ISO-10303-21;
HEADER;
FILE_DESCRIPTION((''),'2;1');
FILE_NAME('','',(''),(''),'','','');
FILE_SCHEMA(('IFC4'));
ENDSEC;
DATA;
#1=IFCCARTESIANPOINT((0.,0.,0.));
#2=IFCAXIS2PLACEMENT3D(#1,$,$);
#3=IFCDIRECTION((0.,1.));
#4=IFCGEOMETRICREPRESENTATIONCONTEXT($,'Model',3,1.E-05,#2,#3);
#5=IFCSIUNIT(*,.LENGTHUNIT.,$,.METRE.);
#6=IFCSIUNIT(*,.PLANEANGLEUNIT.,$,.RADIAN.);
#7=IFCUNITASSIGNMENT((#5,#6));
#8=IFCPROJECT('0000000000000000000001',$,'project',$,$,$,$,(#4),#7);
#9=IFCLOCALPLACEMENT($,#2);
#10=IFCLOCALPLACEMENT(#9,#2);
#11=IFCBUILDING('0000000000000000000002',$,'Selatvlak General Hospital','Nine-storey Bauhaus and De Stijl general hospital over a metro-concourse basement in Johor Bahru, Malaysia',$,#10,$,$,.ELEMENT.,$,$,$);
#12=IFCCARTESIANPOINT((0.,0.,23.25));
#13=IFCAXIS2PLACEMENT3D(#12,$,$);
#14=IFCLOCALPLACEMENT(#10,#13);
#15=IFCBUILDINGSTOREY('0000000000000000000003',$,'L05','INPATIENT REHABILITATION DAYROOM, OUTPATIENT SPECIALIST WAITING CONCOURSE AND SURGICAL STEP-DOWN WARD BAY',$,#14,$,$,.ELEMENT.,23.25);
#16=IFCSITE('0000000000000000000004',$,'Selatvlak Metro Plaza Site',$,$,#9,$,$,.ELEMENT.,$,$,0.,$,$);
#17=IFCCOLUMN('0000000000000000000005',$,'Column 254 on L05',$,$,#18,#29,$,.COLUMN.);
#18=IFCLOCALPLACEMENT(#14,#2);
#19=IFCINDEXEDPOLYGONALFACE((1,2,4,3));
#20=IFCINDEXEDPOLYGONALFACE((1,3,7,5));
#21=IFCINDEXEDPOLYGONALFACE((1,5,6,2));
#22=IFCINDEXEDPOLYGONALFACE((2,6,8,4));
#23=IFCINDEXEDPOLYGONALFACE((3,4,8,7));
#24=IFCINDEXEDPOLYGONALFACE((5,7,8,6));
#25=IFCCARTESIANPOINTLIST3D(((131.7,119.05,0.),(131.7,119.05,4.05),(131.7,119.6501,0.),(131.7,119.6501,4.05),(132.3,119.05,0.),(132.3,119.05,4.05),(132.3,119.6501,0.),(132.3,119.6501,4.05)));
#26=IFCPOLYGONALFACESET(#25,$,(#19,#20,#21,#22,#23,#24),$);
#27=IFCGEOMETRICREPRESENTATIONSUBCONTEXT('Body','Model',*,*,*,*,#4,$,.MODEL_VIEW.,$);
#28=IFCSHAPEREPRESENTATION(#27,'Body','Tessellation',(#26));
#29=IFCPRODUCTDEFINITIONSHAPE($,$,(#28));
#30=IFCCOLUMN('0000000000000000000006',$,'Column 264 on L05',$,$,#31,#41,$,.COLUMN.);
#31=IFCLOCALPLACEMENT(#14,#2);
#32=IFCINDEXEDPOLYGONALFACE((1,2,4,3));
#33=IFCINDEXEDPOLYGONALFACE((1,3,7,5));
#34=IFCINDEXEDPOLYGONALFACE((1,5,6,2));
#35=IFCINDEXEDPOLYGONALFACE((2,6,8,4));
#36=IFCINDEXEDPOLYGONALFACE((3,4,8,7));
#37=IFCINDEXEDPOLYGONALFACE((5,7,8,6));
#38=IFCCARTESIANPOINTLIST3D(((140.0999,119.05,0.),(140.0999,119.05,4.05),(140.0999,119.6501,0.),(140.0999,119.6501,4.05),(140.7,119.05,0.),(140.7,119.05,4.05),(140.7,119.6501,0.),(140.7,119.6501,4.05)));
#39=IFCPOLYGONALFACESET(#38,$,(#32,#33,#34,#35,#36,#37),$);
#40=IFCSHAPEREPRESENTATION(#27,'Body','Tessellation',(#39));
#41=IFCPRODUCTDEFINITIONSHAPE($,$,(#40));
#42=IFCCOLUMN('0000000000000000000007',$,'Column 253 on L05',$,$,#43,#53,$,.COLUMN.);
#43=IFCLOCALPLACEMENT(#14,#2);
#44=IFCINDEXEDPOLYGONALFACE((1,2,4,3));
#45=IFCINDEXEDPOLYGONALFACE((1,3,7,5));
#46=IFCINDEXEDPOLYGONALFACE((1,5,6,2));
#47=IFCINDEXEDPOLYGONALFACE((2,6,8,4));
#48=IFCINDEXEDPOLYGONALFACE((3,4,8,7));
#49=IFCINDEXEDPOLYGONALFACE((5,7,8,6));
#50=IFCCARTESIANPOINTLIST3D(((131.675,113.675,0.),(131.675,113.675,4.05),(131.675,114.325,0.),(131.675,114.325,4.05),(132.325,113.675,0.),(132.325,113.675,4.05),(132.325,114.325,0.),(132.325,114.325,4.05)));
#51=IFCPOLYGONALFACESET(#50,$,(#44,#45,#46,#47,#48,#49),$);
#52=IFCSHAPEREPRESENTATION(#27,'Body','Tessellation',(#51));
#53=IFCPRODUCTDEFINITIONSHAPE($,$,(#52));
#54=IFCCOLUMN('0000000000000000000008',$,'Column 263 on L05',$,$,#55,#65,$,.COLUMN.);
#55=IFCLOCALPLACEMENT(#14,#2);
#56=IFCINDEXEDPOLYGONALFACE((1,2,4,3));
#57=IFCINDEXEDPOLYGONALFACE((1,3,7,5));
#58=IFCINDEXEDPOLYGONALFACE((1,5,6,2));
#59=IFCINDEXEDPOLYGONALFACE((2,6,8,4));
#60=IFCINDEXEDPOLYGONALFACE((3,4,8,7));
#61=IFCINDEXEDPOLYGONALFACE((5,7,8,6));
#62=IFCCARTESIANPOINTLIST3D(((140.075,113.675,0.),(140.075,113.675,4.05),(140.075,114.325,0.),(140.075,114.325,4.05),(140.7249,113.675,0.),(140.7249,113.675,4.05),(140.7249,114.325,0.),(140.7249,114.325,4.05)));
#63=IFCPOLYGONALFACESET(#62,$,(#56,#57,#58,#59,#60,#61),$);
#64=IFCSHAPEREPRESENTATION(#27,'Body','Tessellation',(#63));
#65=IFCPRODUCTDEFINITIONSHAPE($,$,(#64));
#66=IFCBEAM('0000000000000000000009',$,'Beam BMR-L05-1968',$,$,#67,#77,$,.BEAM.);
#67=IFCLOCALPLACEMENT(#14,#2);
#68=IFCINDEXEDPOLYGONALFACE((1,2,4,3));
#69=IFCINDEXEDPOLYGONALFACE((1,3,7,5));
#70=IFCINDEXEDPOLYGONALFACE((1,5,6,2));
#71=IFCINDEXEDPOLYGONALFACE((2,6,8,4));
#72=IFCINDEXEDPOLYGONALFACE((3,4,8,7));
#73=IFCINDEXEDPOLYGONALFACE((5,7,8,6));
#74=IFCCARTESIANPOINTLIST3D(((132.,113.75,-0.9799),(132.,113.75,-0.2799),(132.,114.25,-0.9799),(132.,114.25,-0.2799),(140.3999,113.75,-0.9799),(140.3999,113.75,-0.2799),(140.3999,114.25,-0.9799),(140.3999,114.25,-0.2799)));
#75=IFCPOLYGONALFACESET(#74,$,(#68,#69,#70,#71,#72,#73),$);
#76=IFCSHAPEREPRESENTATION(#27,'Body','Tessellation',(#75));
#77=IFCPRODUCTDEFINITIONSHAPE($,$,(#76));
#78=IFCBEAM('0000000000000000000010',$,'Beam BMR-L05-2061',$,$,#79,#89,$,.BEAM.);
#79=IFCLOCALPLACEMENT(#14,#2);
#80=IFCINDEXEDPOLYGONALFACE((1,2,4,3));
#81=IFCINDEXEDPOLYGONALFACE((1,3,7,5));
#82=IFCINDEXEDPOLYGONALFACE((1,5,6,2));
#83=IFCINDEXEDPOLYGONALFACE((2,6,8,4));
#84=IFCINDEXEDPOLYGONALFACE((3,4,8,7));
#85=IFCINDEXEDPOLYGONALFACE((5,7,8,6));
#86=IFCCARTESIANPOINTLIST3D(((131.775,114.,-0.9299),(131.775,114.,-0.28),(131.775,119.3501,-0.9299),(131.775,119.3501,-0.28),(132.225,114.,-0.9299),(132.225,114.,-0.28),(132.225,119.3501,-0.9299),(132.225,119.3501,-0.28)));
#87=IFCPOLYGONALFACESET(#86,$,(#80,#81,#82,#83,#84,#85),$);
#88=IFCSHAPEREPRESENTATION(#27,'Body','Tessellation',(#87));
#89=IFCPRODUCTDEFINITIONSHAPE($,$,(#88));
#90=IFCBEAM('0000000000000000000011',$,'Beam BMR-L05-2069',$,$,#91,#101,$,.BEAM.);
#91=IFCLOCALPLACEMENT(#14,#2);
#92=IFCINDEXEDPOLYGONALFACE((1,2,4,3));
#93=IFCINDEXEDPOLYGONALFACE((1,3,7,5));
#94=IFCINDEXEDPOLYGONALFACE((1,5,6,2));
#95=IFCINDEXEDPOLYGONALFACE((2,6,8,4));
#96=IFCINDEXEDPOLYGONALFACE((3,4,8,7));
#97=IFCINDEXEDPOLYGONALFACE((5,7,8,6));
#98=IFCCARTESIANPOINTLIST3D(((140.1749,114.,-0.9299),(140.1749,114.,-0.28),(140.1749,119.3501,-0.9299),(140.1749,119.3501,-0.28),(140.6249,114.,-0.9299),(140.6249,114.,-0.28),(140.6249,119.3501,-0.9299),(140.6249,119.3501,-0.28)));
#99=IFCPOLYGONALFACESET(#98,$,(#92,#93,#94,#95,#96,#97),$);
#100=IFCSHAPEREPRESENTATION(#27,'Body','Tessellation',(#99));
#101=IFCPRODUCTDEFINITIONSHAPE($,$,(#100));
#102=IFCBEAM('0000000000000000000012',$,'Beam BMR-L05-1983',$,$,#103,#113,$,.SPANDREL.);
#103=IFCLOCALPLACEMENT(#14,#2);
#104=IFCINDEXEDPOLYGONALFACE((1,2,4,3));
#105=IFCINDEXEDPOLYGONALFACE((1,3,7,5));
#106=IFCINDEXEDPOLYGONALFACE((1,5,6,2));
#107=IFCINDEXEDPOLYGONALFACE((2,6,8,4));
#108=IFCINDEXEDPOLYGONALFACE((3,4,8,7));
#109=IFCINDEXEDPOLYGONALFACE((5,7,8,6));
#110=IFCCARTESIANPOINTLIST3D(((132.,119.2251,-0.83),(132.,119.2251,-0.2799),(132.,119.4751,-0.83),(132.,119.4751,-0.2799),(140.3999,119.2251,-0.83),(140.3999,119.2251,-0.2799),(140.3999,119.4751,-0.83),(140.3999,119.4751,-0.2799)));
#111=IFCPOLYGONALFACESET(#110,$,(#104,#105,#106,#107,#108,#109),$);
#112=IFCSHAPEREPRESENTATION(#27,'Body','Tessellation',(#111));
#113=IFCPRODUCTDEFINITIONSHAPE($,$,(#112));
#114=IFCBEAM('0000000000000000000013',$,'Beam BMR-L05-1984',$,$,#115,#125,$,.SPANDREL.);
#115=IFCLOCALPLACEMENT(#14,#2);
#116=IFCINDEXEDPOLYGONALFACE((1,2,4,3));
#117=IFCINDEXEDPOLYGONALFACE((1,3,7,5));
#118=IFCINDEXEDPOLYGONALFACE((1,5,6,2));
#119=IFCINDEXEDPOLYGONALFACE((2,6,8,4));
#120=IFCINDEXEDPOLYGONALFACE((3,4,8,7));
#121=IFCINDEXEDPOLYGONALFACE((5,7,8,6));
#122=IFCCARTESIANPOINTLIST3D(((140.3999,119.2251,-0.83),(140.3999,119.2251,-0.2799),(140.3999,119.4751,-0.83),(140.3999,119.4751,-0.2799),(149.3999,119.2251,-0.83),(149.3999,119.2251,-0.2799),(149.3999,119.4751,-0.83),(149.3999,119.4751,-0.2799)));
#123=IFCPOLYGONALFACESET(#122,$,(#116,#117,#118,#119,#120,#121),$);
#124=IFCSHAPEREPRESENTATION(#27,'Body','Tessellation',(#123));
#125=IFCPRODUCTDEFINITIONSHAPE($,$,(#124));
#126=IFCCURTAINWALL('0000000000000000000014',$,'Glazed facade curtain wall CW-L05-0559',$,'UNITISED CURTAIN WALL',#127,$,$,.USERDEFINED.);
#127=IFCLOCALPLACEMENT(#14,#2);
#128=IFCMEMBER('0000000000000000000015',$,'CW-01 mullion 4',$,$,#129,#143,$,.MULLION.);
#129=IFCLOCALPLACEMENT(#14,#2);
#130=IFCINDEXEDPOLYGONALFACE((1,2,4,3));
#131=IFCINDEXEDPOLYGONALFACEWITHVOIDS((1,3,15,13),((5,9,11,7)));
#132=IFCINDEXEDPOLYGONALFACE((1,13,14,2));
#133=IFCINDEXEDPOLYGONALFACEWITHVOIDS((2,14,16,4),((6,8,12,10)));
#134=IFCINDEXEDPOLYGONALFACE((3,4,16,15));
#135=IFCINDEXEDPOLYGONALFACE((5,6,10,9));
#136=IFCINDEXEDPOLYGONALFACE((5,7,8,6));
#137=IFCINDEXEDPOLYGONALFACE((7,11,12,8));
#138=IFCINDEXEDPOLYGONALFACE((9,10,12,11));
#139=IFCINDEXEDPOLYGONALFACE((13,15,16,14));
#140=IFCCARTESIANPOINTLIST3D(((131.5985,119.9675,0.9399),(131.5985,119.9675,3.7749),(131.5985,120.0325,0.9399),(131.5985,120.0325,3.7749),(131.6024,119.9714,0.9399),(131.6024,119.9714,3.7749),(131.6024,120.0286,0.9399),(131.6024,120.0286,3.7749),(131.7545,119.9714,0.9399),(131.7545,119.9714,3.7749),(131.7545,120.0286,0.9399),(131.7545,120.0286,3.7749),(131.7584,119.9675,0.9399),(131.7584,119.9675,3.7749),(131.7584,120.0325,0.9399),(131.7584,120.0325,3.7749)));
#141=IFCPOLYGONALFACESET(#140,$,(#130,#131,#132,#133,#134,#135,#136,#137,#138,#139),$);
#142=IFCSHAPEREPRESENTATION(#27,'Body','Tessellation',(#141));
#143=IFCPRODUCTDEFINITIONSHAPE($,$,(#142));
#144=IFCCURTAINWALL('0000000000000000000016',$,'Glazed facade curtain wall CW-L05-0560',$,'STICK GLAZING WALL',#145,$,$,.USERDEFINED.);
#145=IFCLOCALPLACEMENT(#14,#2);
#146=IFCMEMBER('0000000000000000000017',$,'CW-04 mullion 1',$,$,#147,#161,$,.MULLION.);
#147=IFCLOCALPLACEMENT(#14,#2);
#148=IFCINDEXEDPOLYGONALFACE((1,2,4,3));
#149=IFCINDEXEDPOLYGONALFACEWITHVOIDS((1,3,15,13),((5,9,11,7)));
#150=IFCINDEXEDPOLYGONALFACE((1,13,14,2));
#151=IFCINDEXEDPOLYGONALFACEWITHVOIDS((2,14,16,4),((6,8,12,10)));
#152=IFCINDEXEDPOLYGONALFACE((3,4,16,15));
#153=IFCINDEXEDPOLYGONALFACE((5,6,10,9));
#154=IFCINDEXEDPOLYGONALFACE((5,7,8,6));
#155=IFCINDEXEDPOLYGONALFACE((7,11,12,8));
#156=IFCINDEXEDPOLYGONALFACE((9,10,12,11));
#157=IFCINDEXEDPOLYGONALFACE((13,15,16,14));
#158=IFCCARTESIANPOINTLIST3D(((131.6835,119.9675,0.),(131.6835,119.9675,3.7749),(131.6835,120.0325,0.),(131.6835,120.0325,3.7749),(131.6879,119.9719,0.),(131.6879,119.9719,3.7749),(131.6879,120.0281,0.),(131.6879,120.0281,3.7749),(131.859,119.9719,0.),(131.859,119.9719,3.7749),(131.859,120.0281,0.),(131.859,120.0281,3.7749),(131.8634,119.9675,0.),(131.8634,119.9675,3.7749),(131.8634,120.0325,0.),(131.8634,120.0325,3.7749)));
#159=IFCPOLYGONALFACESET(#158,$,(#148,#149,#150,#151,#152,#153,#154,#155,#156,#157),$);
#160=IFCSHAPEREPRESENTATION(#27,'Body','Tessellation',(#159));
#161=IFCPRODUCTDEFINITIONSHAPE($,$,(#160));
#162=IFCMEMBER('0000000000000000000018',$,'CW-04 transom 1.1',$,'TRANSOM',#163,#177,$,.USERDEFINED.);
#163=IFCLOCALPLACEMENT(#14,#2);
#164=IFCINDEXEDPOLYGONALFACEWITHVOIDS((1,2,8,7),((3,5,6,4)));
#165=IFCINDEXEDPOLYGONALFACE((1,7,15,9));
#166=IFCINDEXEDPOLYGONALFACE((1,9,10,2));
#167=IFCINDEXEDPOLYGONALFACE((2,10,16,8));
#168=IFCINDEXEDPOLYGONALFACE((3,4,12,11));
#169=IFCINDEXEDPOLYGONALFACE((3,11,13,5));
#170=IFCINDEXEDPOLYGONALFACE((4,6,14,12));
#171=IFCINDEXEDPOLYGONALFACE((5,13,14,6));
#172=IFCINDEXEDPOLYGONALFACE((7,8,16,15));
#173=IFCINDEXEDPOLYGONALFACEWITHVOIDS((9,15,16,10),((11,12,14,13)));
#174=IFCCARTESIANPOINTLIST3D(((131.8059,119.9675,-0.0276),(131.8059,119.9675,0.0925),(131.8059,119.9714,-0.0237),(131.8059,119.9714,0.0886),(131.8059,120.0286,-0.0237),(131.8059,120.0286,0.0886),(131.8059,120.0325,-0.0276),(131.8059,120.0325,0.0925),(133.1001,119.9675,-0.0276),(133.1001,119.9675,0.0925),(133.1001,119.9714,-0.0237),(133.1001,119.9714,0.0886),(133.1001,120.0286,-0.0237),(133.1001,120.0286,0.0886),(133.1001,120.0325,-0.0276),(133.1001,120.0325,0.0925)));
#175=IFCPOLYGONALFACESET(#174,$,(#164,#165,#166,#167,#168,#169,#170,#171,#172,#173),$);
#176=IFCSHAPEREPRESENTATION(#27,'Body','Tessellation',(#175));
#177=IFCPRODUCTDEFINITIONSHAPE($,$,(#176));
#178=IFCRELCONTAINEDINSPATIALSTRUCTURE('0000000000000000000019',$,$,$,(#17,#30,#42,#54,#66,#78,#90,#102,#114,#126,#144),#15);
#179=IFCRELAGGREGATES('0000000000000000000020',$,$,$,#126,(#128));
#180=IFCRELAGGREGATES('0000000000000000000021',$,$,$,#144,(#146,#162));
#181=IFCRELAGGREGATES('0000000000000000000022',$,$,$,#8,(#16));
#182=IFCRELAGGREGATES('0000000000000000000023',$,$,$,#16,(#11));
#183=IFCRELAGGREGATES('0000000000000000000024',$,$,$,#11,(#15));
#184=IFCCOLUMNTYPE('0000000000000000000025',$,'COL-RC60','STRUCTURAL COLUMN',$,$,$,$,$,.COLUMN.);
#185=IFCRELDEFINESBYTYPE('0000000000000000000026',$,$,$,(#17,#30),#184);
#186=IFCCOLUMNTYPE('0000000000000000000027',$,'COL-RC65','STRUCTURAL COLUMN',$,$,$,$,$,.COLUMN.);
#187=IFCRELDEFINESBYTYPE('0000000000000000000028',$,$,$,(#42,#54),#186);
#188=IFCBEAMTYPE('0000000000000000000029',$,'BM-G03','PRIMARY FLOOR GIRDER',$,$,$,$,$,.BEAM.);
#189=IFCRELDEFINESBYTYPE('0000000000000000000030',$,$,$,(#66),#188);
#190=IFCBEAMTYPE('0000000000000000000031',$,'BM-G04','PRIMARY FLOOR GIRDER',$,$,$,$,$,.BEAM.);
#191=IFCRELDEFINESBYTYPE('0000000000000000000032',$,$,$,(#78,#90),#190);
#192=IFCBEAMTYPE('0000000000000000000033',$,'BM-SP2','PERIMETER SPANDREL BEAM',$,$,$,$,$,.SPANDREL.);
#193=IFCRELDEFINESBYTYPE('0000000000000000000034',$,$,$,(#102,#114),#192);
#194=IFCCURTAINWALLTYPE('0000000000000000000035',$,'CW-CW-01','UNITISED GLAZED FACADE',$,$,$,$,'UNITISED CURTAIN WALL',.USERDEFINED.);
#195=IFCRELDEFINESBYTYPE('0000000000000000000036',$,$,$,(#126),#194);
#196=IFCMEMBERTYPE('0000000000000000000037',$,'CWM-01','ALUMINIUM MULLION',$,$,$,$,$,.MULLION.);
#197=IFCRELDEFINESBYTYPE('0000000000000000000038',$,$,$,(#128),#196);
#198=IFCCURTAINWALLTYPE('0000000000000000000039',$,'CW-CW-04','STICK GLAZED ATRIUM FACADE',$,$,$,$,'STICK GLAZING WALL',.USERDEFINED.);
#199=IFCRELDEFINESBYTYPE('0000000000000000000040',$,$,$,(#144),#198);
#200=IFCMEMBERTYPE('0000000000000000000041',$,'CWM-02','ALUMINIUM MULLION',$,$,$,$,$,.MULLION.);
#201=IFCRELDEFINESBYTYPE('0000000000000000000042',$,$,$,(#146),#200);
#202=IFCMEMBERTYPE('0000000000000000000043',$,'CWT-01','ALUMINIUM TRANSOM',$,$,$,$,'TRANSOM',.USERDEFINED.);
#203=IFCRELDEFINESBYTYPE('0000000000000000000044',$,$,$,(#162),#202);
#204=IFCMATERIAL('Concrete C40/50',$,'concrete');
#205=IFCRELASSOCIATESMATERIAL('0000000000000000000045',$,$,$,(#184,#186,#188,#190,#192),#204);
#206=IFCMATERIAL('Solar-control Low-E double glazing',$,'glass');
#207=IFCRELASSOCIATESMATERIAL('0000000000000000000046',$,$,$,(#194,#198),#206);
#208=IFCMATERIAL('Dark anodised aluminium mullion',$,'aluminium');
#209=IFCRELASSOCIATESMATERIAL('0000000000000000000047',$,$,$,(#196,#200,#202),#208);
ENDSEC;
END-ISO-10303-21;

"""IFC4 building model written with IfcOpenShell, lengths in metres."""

from ifc_helpers import new_model, si_unit, direction, frame, origin, origin_2d, place, context, subcontext, project, spatial, rectangle, hollow_rectangle, extrude, material, material_profile, profile_set, type_object, element, aggregate, save


model = new_model("IFC4")

# Units and contexts
model_context = context("Model", 3, precision=1e-05, world=origin(), true_north=direction((0.0, 1.0)))
body_context = subcontext(model_context, "Body", "Model", "MODEL_VIEW")
ifc_project = project(units=[si_unit("LENGTHUNIT", "METRE"), si_unit("PLANEANGLEUNIT", "RADIAN")], contexts=[model_context])

# Site, building, storey
site_placement = place(None, origin())
site = spatial("IfcSite", under=ifc_project, at=site_placement, Name="Selatvlak Metro Plaza Site", CompositionType="ELEMENT", RefElevation=0.0)
building_placement = place(site_placement, origin())
building = spatial("IfcBuilding", under=site, at=building_placement, Name="Selatvlak General Hospital", Description="Nine-storey Bauhaus and De Stijl general hospital over a metro-concourse basement in Johor Bahru, Malaysia", CompositionType="ELEMENT")
storey_placement = place(building_placement, frame((0.0, 0.0, 23.25)))
storey = spatial("IfcBuildingStorey", under=building, at=storey_placement, Name="L05", Description="INPATIENT REHABILITATION DAYROOM, OUTPATIENT SPECIALIST WAITING CONCOURSE AND SURGICAL STEP-DOWN WARD BAY", CompositionType="ELEMENT", Elevation=23.25)

# Columns
ifc_material_1 = material(Name="Concrete C40/50", Category="concrete")
ifc_material_profile_1 = material_profile(ifc_material_1, rectangle(XDim=0.6001, YDim=0.6001, at=origin_2d()), Name="RC-COL 600x600")
ifc_profile_set_1 = profile_set([ifc_material_profile_1], Name="Concrete C40/50")
column_type_1 = type_object("IfcColumnType", Name="COL-RC60", Description="STRUCTURAL COLUMN", PredefinedType="COLUMN", material=ifc_profile_set_1)
for number, where, z_axis, x_axis, name in (
    (1, (132.0, 119.3501, 0.0), (0.0, 0.0, 1.0), (1.0, 0.0, 0.0), "Column 254 on L05"),
    (2, (140.3999, 119.3501, 0.0), (0.0, 0.0, 1.0), (1.0, 0.0, 0.0), "Column 264 on L05"),
):
    element("IfcColumn", number, at=place(storey_placement, frame(where, z_axis=z_axis, x_axis=x_axis)), inside=storey, type_object=column_type_1, Name=name, PredefinedType="COLUMN", context=body_context, shape_type="SweptSolid", body=[
        extrude(rectangle(XDim=0.6001, YDim=0.6001, at=origin_2d()), origin(), (0.0, 0.0, 1.0), 4.05),
    ])
ifc_material_profile_2 = material_profile(ifc_material_1, rectangle(XDim=0.6499, YDim=0.6499, at=origin_2d()), Name="RC-COL 650x650")
ifc_profile_set_2 = profile_set([ifc_material_profile_2], Name="Concrete C40/50")
column_type_2 = type_object("IfcColumnType", Name="COL-RC65", Description="STRUCTURAL COLUMN", PredefinedType="COLUMN", material=ifc_profile_set_2)
for number, where, z_axis, x_axis, name in (
    (3, (132.0, 114.0, 0.0), (0.0, 0.0, 1.0), (1.0, 0.0, 0.0), "Column 253 on L05"),
    (4, (140.3999, 114.0, 0.0), (0.0, 0.0, 1.0), (1.0, 0.0, 0.0), "Column 263 on L05"),
):
    element("IfcColumn", number, at=place(storey_placement, frame(where, z_axis=z_axis, x_axis=x_axis)), inside=storey, type_object=column_type_2, Name=name, PredefinedType="COLUMN", context=body_context, shape_type="SweptSolid", body=[
        extrude(rectangle(XDim=0.6499, YDim=0.6499, at=origin_2d()), origin(), (0.0, 0.0, 1.0), 4.05),
    ])

# Beams
ifc_material_profile_3 = material_profile(ifc_material_1, rectangle(XDim=0.5, YDim=0.7, at=origin_2d()), Name="RC-BM 500x700")
ifc_profile_set_3 = profile_set([ifc_material_profile_3], Name="Concrete C40/50")
beam_type_1 = type_object("IfcBeamType", Name="BM-G03", Description="PRIMARY FLOOR GIRDER", PredefinedType="BEAM", material=ifc_profile_set_3)
beam_1_placement = place(storey_placement, frame((132.0, 114.0, -0.6299), z_axis=(1.0, 0.0, 0.0), x_axis=(0.0, 1.0, 0.0)))
element("IfcBeam", 5, at=beam_1_placement, inside=storey, type_object=beam_type_1, Name="Beam BMR-L05-1968", PredefinedType="BEAM", context=body_context, shape_type="SweptSolid", body=[
    extrude(rectangle(XDim=0.5, YDim=0.7, at=origin_2d()), origin(), (0.0, 0.0, 1.0), 8.3999),
])
ifc_material_profile_4 = material_profile(ifc_material_1, rectangle(XDim=0.45, YDim=0.6499, at=origin_2d()), Name="RC-BM 450x650")
ifc_profile_set_4 = profile_set([ifc_material_profile_4], Name="Concrete C40/50")
beam_type_2 = type_object("IfcBeamType", Name="BM-G04", Description="PRIMARY FLOOR GIRDER", PredefinedType="BEAM", material=ifc_profile_set_4)
for number, where, z_axis, x_axis, name in (
    (6, (132.0, 114.0, -0.605), (0.0, 1.0, 0.0), (-1.0, 0.0, 0.0), "Beam BMR-L05-2061"),
    (7, (140.3999, 114.0, -0.605), (0.0, 1.0, 0.0), (-1.0, 0.0, 0.0), "Beam BMR-L05-2069"),
):
    element("IfcBeam", number, at=place(storey_placement, frame(where, z_axis=z_axis, x_axis=x_axis)), inside=storey, type_object=beam_type_2, Name=name, PredefinedType="BEAM", context=body_context, shape_type="SweptSolid", body=[
        extrude(rectangle(XDim=0.45, YDim=0.6499, at=origin_2d()), origin(), (0.0, 0.0, 1.0), 5.3501),
    ])
ifc_material_profile_5 = material_profile(ifc_material_1, rectangle(XDim=0.25, YDim=0.55, at=origin_2d()), Name="RC-SP 250x550")
ifc_profile_set_5 = profile_set([ifc_material_profile_5], Name="Concrete C40/50")
beam_type_3 = type_object("IfcBeamType", Name="BM-SP2", Description="PERIMETER SPANDREL BEAM", PredefinedType="SPANDREL", material=ifc_profile_set_5)
beam_2_placement = place(storey_placement, frame((132.0, 119.3501, -0.5549), z_axis=(1.0, 0.0, 0.0), x_axis=(0.0, 1.0, 0.0)))
element("IfcBeam", 8, at=beam_2_placement, inside=storey, type_object=beam_type_3, Name="Beam BMR-L05-1983", PredefinedType="SPANDREL", context=body_context, shape_type="SweptSolid", body=[
    extrude(rectangle(XDim=0.25, YDim=0.55, at=origin_2d()), origin(), (0.0, 0.0, 1.0), 8.3999),
])
beam_3_placement = place(storey_placement, frame((140.3999, 119.3501, -0.5549), z_axis=(1.0, 0.0, 0.0), x_axis=(0.0, 1.0, 0.0)))
element("IfcBeam", 9, at=beam_3_placement, inside=storey, type_object=beam_type_3, Name="Beam BMR-L05-1984", PredefinedType="SPANDREL", context=body_context, shape_type="SweptSolid", body=[
    extrude(rectangle(XDim=0.25, YDim=0.55, at=origin_2d()), origin(), (0.0, 0.0, 1.0), 9.0),
])

# Curtain wall, member
ifc_material_2 = material(Name="Solar-control Low-E double glazing", Category="glass")
curtain_wall_type_1 = type_object("IfcCurtainWallType", Name="CW-CW-01", Description="UNITISED GLAZED FACADE", ElementType="UNITISED CURTAIN WALL", PredefinedType="USERDEFINED", material=ifc_material_2)
curtain_wall_1_placement = place(storey_placement, origin())
curtain_wall_1 = element("IfcCurtainWall", 10, at=curtain_wall_1_placement, inside=storey, type_object=curtain_wall_type_1, Name="Glazed facade curtain wall CW-L05-0559", ObjectType="UNITISED CURTAIN WALL", PredefinedType="USERDEFINED")
ifc_material_3 = material(Name="Dark anodised aluminium mullion", Category="aluminium")
ifc_material_profile_6 = material_profile(ifc_material_3, hollow_rectangle(XDim=0.0649, YDim=0.1599, WallThickness=0.0039, at=origin_2d()), Name="AL-MUL 65x160x4")
ifc_profile_set_6 = profile_set([ifc_material_profile_6], Name="Dark anodised aluminium mullion")
member_type_1 = type_object("IfcMemberType", Name="CWM-01", Description="ALUMINIUM MULLION", PredefinedType="MULLION", material=ifc_profile_set_6)
member_1_placement = place(storey_placement, frame((131.6785, 120.0, 0.9399), z_axis=(0.0, 0.0, 1.0), x_axis=(0.0, 1.0, 0.0)))
member_1 = element("IfcMember", 11, at=member_1_placement, type_object=member_type_1, Name="CW-01 mullion 4", PredefinedType="MULLION", context=body_context, shape_type="SweptSolid", body=[
    extrude(hollow_rectangle(XDim=0.0649, YDim=0.1599, WallThickness=0.0039, at=origin_2d()), origin(), (0.0, 0.0, 1.0), 2.835),
])
aggregate(curtain_wall_1, [member_1])

# Curtain wall, members
curtain_wall_type_2 = type_object("IfcCurtainWallType", Name="CW-CW-04", Description="STICK GLAZED ATRIUM FACADE", ElementType="STICK GLAZING WALL", PredefinedType="USERDEFINED", material=ifc_material_2)
curtain_wall_2_placement = place(storey_placement, origin())
curtain_wall_2 = element("IfcCurtainWall", 12, at=curtain_wall_2_placement, inside=storey, type_object=curtain_wall_type_2, Name="Glazed facade curtain wall CW-L05-0560", ObjectType="STICK GLAZING WALL", PredefinedType="USERDEFINED")
ifc_material_profile_7 = material_profile(ifc_material_3, hollow_rectangle(XDim=0.0649, YDim=0.1799, WallThickness=0.0044, at=origin_2d()), Name="AL-MUL 65x180x4.5")
ifc_profile_set_7 = profile_set([ifc_material_profile_7], Name="Dark anodised aluminium mullion")
member_type_2 = type_object("IfcMemberType", Name="CWM-02", Description="ALUMINIUM MULLION", PredefinedType="MULLION", material=ifc_profile_set_7)
member_2_placement = place(storey_placement, frame((131.7734, 120.0, 0.0), z_axis=(0.0, 0.0, 1.0), x_axis=(0.0, 1.0, 0.0)))
member_2 = element("IfcMember", 13, at=member_2_placement, type_object=member_type_2, Name="CW-04 mullion 1", PredefinedType="MULLION", context=body_context, shape_type="SweptSolid", body=[
    extrude(hollow_rectangle(XDim=0.0649, YDim=0.1799, WallThickness=0.0044, at=origin_2d()), origin(), (0.0, 0.0, 1.0), 3.7749),
])
ifc_material_profile_8 = material_profile(ifc_material_3, hollow_rectangle(XDim=0.0649, YDim=0.1201, WallThickness=0.0039, at=origin_2d()), Name="AL-TRN 65x120x4")
ifc_profile_set_8 = profile_set([ifc_material_profile_8], Name="Dark anodised aluminium mullion")
member_type_3 = type_object("IfcMemberType", Name="CWT-01", Description="ALUMINIUM TRANSOM", ElementType="TRANSOM", PredefinedType="USERDEFINED", material=ifc_profile_set_8)
member_3_placement = place(storey_placement, frame((131.8059, 120.0, 0.0325), z_axis=(1.0, 0.0, 0.0), x_axis=(0.0, 1.0, 0.0)))
member_3 = element("IfcMember", 14, at=member_3_placement, type_object=member_type_3, Name="CW-04 transom 1.1", ObjectType="TRANSOM", PredefinedType="USERDEFINED", context=body_context, shape_type="SweptSolid", body=[
    extrude(hollow_rectangle(XDim=0.0649, YDim=0.1201, WallThickness=0.0039, at=origin_2d()), origin(), (0.0, 0.0, 1.0), 1.2942),
])
aggregate(curtain_wall_2, [member_2, member_3])

save(model, "model.ifc")
